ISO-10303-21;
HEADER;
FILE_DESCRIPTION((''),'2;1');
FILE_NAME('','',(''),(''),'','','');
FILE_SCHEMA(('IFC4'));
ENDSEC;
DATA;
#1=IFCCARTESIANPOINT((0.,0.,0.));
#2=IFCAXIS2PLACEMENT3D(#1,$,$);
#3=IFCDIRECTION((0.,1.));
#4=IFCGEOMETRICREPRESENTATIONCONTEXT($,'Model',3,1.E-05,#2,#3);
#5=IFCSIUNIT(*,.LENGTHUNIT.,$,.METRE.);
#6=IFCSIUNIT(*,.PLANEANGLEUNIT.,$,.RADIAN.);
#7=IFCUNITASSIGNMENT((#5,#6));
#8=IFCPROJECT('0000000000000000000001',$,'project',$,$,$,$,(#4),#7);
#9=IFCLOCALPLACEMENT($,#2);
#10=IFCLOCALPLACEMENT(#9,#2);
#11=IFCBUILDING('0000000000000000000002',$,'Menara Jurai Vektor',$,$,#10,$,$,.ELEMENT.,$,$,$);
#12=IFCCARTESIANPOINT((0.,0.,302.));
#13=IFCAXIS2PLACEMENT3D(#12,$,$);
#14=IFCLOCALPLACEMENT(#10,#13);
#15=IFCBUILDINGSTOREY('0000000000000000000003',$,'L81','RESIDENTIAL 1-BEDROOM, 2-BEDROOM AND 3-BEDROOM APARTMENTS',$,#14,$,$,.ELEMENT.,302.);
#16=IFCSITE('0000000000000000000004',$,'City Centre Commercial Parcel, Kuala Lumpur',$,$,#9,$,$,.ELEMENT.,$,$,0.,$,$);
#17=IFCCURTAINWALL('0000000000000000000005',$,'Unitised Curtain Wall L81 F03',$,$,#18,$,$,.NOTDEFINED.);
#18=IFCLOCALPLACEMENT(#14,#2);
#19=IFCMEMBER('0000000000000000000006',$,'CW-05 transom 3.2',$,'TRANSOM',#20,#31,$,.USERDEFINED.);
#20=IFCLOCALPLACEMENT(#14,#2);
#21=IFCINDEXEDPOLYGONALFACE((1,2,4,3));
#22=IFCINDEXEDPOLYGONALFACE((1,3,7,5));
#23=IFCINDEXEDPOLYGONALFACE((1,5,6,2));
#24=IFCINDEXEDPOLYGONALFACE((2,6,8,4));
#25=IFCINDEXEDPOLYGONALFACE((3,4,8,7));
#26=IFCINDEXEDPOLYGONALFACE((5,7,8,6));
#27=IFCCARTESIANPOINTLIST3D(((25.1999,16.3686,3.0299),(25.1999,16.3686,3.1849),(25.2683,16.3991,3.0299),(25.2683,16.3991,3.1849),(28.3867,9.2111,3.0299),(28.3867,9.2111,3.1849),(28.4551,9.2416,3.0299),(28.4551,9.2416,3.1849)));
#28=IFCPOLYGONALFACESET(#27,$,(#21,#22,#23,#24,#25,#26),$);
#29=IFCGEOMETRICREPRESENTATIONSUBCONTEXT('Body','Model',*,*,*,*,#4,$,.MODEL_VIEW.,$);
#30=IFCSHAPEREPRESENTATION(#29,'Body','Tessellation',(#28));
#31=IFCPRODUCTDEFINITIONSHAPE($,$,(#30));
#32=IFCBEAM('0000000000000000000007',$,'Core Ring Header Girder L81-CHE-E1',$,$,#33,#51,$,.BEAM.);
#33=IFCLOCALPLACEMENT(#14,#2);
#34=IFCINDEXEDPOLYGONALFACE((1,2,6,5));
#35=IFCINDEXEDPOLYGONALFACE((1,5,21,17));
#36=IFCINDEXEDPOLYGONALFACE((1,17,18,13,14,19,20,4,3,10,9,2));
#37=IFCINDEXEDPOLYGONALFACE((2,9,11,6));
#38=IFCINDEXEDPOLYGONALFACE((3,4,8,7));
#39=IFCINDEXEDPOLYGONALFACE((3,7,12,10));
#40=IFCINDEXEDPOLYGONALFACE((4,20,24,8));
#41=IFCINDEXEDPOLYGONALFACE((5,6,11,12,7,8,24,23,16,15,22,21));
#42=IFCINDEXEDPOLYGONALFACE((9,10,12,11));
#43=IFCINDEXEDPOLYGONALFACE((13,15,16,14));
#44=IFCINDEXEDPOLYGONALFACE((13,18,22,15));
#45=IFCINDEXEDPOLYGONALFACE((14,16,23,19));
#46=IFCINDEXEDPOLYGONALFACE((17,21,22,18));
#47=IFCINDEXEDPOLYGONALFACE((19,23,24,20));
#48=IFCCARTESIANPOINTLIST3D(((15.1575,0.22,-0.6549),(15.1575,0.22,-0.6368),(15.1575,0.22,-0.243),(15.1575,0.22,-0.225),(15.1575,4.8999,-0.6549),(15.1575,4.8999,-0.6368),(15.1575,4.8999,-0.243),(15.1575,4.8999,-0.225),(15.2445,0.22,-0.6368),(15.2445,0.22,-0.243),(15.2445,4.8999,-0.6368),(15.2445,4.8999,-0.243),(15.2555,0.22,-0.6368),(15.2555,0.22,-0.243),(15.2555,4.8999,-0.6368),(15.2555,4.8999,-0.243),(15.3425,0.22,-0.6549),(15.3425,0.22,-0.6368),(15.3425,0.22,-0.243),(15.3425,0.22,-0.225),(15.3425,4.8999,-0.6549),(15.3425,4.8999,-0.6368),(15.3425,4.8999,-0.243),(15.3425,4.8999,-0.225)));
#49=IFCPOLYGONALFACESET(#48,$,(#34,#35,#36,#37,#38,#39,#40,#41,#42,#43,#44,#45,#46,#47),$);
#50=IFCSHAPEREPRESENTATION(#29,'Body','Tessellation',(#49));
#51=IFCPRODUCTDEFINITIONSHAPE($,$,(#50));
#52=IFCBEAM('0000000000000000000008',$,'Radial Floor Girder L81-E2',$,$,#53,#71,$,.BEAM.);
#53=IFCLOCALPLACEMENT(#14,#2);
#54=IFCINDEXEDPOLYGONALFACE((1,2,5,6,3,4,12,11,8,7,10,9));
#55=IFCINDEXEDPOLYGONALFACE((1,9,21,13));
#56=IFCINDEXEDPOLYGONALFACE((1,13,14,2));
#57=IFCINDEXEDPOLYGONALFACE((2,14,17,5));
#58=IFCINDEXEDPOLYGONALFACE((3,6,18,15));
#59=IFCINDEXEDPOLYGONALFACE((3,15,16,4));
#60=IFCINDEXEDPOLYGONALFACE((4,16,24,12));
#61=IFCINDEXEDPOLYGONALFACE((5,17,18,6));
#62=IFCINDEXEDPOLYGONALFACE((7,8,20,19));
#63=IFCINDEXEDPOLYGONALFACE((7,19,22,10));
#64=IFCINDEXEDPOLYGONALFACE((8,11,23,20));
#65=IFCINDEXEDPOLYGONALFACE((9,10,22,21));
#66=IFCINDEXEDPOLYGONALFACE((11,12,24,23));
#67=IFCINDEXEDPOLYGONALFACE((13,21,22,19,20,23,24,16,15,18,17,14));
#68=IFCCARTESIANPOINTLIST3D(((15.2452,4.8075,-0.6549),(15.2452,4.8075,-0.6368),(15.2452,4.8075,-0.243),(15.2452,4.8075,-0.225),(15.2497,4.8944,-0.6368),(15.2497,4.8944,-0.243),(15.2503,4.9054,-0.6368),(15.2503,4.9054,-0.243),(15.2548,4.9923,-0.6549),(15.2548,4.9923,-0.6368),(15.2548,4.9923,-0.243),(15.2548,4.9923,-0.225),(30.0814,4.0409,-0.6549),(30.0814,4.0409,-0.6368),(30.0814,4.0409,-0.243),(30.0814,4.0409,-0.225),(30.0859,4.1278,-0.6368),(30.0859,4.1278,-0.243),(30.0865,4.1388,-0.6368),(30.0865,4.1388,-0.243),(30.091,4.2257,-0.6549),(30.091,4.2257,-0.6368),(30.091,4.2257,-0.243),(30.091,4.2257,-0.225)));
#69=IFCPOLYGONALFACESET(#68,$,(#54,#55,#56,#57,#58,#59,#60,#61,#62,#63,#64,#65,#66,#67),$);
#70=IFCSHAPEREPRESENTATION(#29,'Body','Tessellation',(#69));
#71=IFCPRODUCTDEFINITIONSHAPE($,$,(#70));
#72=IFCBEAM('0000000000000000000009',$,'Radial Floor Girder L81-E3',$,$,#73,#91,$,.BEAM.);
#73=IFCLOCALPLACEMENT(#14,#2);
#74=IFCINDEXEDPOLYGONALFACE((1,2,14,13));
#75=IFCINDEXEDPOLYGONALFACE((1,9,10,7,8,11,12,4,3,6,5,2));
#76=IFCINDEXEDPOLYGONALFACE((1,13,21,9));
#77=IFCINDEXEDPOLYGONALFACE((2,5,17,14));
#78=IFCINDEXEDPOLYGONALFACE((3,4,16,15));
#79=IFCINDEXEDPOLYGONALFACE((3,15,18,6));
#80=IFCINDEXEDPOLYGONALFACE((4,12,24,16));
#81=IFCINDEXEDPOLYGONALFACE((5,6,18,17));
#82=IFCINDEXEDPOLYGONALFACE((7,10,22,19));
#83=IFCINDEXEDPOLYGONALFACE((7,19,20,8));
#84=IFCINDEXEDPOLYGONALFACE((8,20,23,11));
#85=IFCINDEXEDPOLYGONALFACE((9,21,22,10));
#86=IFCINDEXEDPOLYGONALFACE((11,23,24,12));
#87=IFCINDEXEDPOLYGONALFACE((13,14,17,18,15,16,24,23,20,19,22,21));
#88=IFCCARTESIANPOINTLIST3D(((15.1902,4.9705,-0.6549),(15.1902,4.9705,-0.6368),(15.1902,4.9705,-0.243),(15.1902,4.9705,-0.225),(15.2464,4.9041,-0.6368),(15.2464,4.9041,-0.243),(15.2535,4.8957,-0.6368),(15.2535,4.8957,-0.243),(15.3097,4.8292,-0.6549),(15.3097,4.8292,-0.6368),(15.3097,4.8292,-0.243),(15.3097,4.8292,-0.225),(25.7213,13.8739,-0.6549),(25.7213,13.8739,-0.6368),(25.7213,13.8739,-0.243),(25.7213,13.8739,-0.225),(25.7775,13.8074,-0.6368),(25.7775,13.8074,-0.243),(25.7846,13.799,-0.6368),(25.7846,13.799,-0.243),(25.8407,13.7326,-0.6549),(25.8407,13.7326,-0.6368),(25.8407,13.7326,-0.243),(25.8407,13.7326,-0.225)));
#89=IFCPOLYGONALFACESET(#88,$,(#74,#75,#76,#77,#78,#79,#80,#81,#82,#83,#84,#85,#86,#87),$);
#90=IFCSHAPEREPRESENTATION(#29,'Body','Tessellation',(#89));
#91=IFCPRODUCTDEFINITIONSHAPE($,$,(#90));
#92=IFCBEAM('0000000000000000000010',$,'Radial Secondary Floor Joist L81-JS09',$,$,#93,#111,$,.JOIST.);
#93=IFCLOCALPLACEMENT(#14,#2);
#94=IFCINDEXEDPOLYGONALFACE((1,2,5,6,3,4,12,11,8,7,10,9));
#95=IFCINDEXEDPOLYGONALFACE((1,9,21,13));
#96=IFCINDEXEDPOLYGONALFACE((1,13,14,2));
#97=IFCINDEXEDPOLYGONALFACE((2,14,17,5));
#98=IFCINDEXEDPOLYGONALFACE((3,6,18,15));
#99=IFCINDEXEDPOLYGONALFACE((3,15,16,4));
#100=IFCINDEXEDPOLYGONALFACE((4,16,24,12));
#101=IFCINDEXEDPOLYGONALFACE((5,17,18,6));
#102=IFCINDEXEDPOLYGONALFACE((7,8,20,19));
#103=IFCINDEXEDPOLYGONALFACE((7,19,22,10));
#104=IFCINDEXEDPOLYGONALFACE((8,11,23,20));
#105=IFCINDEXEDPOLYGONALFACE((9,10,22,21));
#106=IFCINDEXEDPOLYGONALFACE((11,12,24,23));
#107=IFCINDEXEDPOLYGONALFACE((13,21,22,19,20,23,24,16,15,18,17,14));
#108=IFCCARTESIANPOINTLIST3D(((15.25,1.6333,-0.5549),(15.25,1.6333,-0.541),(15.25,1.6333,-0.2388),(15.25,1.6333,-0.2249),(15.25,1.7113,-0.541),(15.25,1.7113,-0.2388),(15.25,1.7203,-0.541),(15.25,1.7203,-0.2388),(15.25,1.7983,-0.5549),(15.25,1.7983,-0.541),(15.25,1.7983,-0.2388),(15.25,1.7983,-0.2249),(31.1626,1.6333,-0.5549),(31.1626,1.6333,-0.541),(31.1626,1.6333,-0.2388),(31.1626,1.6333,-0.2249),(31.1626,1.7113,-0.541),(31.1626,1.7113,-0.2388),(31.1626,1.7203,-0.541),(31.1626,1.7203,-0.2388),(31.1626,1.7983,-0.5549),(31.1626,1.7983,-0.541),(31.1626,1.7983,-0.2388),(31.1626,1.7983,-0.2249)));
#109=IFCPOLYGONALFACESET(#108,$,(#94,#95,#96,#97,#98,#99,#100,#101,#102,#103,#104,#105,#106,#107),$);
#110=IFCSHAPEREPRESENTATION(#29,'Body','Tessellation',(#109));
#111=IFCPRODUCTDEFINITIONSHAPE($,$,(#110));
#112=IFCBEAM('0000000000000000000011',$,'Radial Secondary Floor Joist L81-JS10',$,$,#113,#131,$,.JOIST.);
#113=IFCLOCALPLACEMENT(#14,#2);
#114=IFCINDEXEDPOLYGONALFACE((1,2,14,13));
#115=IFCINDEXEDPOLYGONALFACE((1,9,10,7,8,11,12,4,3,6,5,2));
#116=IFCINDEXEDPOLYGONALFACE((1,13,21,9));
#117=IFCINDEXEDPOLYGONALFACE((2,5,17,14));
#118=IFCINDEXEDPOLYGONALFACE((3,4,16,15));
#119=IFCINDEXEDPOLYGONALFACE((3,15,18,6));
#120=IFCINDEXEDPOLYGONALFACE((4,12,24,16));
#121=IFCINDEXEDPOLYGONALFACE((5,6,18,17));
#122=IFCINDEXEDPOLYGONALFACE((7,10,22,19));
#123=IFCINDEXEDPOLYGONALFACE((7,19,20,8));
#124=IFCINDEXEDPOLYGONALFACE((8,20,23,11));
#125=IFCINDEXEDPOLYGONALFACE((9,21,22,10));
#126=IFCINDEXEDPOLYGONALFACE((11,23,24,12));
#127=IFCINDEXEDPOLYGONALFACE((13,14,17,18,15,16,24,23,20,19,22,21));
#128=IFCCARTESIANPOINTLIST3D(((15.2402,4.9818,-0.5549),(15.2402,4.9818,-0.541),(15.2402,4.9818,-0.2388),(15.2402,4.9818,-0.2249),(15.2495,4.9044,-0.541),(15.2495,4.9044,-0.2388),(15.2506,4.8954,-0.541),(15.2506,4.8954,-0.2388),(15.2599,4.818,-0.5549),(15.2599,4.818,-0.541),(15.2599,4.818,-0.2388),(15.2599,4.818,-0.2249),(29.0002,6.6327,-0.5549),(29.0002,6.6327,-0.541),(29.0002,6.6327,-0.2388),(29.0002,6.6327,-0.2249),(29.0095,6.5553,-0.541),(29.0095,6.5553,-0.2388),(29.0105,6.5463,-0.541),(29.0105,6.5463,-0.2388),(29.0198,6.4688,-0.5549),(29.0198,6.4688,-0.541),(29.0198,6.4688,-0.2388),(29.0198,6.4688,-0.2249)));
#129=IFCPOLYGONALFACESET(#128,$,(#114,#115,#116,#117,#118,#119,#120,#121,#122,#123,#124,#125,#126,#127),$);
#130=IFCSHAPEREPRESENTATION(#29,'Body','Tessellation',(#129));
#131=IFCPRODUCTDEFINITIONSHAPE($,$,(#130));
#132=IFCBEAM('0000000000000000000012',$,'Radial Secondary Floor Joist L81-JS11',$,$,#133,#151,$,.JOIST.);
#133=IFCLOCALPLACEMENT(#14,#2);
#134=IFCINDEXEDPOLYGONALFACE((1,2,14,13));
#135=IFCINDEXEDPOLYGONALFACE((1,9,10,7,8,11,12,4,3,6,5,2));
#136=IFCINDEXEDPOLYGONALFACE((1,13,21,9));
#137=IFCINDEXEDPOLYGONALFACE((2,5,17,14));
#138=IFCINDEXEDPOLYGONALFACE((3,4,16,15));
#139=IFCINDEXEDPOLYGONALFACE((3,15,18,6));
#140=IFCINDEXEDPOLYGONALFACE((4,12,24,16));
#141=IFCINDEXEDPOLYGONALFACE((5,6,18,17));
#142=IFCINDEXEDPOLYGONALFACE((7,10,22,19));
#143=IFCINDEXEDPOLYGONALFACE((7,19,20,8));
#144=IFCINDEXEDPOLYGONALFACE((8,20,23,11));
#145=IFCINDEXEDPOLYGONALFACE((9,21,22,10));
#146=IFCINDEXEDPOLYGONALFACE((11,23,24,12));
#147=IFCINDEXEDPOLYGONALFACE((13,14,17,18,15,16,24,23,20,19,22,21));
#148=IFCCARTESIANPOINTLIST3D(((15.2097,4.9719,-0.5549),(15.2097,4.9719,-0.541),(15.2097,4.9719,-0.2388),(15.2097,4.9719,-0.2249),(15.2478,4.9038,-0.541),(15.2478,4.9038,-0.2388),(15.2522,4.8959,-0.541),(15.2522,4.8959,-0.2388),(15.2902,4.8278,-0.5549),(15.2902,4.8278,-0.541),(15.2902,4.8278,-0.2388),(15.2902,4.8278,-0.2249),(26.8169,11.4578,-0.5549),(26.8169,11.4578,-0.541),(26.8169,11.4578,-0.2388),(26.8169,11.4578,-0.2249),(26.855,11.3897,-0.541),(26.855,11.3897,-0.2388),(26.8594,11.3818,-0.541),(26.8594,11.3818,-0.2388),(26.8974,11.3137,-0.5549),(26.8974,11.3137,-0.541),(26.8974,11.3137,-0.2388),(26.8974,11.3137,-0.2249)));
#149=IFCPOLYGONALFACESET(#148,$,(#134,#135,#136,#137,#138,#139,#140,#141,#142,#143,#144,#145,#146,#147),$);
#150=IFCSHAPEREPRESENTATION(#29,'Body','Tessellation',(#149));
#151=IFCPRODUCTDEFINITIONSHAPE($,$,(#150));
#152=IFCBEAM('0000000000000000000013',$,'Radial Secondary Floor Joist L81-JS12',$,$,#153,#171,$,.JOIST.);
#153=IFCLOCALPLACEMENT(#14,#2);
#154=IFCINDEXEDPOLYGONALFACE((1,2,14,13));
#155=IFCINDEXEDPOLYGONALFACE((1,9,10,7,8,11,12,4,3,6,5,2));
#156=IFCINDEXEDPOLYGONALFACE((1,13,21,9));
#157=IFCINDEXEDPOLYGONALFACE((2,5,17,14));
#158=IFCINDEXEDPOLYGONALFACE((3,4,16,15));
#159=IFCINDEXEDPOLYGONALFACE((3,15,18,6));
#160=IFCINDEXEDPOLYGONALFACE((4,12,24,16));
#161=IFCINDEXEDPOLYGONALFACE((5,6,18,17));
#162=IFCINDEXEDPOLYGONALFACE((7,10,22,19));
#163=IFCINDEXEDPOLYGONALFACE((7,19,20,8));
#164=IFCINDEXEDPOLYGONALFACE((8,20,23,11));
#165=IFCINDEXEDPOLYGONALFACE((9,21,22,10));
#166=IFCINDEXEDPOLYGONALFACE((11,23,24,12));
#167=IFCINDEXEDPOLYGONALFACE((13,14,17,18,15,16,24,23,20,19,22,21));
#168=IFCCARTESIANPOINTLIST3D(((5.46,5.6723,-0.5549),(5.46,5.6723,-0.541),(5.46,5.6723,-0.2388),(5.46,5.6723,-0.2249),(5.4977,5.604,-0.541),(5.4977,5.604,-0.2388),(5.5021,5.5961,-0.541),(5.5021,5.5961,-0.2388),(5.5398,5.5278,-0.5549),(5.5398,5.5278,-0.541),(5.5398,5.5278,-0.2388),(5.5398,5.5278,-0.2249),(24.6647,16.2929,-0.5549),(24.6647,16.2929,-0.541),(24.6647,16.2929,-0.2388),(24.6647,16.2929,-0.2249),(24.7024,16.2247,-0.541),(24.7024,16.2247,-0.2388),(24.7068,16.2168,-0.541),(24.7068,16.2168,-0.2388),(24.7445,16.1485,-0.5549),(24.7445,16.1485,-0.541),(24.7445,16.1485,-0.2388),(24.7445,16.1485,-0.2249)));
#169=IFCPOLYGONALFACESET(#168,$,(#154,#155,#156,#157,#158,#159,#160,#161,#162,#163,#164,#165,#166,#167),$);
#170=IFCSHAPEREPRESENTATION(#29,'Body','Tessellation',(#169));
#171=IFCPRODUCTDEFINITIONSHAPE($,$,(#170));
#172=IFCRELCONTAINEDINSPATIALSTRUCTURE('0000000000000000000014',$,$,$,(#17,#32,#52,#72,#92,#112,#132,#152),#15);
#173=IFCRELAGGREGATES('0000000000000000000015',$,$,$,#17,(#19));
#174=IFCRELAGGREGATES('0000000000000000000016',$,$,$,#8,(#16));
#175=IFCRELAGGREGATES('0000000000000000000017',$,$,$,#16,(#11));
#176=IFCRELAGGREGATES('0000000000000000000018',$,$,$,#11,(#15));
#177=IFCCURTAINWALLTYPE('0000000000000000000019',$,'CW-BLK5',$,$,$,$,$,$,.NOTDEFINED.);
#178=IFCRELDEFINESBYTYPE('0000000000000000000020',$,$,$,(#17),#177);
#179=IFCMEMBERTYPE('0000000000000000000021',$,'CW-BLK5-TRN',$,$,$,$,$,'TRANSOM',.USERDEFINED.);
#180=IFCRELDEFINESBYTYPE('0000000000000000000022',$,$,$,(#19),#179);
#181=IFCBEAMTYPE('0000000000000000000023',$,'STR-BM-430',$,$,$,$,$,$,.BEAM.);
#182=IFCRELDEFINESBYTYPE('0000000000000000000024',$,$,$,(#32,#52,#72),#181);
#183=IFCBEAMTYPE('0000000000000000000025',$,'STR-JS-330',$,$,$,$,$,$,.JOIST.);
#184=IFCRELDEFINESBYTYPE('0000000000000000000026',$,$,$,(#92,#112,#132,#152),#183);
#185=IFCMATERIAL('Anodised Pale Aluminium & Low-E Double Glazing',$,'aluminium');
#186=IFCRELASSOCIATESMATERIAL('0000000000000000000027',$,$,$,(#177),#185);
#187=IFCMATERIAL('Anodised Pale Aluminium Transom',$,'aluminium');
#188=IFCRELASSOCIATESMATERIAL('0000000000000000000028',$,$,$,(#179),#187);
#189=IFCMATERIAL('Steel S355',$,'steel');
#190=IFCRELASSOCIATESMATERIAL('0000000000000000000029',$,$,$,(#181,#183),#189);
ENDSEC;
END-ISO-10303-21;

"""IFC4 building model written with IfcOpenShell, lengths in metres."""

from ifc_helpers import new_model, si_unit, direction, frame, origin, origin_2d, place, context, subcontext, project, spatial, rectangle, i_section, extrude, material, material_profile, profile_set, type_object, element, aggregate, save


model = new_model("IFC4")

# Units and contexts
model_context = context("Model", 3, precision=1e-05, world=origin(), true_north=direction((0.0, 1.0)))
body_context = subcontext(model_context, "Body", "Model", "MODEL_VIEW")
ifc_project = project(units=[si_unit("LENGTHUNIT", "METRE"), si_unit("PLANEANGLEUNIT", "RADIAN")], contexts=[model_context])

# Site, building, storey
site_placement = place(None, origin())
site = spatial("IfcSite", under=ifc_project, at=site_placement, Name="City Centre Commercial Parcel, Kuala Lumpur", CompositionType="ELEMENT", RefElevation=0.0)
building_placement = place(site_placement, origin())
building = spatial("IfcBuilding", under=site, at=building_placement, Name="Menara Jurai Vektor", CompositionType="ELEMENT")
storey_placement = place(building_placement, frame((0.0, 0.0, 302.0)))
storey = spatial("IfcBuildingStorey", under=building, at=storey_placement, Name="L81", Description="RESIDENTIAL 1-BEDROOM, 2-BEDROOM AND 3-BEDROOM APARTMENTS", CompositionType="ELEMENT", Elevation=302.0)

# Curtain wall, member
ifc_material_1 = material(Name="Anodised Pale Aluminium & Low-E Double Glazing", Category="aluminium")
curtain_wall_type = type_object("IfcCurtainWallType", Name="CW-BLK5", PredefinedType="NOTDEFINED", material=ifc_material_1)
curtain_wall_placement = place(storey_placement, origin())
curtain_wall = element("IfcCurtainWall", 1, at=curtain_wall_placement, inside=storey, type_object=curtain_wall_type, Name="Unitised Curtain Wall L81 F03", PredefinedType="NOTDEFINED")
ifc_material_2 = material(Name="Anodised Pale Aluminium Transom", Category="aluminium")
ifc_material_profile_1 = material_profile(ifc_material_2, rectangle(XDim=0.075, YDim=0.155, at=origin_2d()), Name="ALU TRN 75x155")
ifc_profile_set_1 = profile_set([ifc_material_profile_1], Name="Anodised Pale Aluminium Transom")
member_type_1 = type_object("IfcMemberType", Name="CW-BLK5-TRN", ElementType="TRANSOM", PredefinedType="USERDEFINED", material=ifc_profile_set_1)
member_1_placement = place(storey_placement, frame((28.4209, 9.2263, 3.1074), z_axis=(-0.406743, 0.913543, 0.0), x_axis=(-0.913543, -0.406743, 0.0)))
member_1 = element("IfcMember", 2, at=member_1_placement, type_object=member_type_1, Name="CW-05 transom 3.2", ObjectType="TRANSOM", PredefinedType="USERDEFINED", context=body_context, shape_type="SweptSolid", body=[
    extrude(rectangle(XDim=0.075, YDim=0.155, at=origin_2d()), origin(), (0.0, 0.0, 1.0), 7.835),
])

# Beams
ifc_material_3 = material(Name="Steel S355", Category="steel")
ifc_material_profile_2 = material_profile(ifc_material_3, i_section(OverallWidth=0.1851, OverallDepth=0.4299, WebThickness=0.011, FlangeThickness=0.0181, at=origin_2d()), Name="PG 430x185x76")
ifc_profile_set_2 = profile_set([ifc_material_profile_2], Name="Steel S355")
beam_type_1 = type_object("IfcBeamType", Name="STR-BM-430", PredefinedType="BEAM", material=ifc_profile_set_2)
beam_1_placement = place(storey_placement, frame((15.25, 0.22, -0.4399), z_axis=(0.0, 1.0, 0.0), x_axis=(-1.0, 0.0, 0.0)))
element("IfcBeam", 3, at=beam_1_placement, inside=storey, type_object=beam_type_1, Name="Core Ring Header Girder L81-CHE-E1", PredefinedType="BEAM", context=body_context, shape_type="SweptSolid", body=[
    extrude(i_section(OverallWidth=0.1851, OverallDepth=0.4299, WebThickness=0.011, FlangeThickness=0.0181, at=origin_2d()), origin(), (0.0, 0.0, 1.0), 4.6799),
])
beam_2_placement = place(storey_placement, frame((30.0862, 4.1333, -0.4399), z_axis=(-0.998668, 0.051602, 0.0), x_axis=(-0.051602, -0.998668, 0.0)))
element("IfcBeam", 4, at=beam_2_placement, inside=storey, type_object=beam_type_1, Name="Radial Floor Girder L81-E2", PredefinedType="BEAM", context=body_context, shape_type="SweptSolid", body=[
    extrude(i_section(OverallWidth=0.1851, OverallDepth=0.4299, WebThickness=0.011, FlangeThickness=0.0181, at=origin_2d()), origin(), (0.0, 0.0, 1.0), 14.856),
])
beam_3_placement = place(storey_placement, frame((25.781, 13.8032, -0.4399), z_axis=(-0.763656, -0.645624, 0.0), x_axis=(0.645624, -0.763656, 0.0)))
element("IfcBeam", 5, at=beam_3_placement, inside=storey, type_object=beam_type_1, Name="Radial Floor Girder L81-E3", PredefinedType="BEAM", context=body_context, shape_type="SweptSolid", body=[
    extrude(i_section(OverallWidth=0.1851, OverallDepth=0.4299, WebThickness=0.011, FlangeThickness=0.0181, at=origin_2d()), origin(), (0.0, 0.0, 1.0), 13.7903),
])
ifc_material_profile_3 = material_profile(ifc_material_3, i_section(OverallWidth=0.165, OverallDepth=0.3301, WebThickness=0.009, FlangeThickness=0.0139, at=origin_2d()), Name="PG 330x165x46")
ifc_profile_set_3 = profile_set([ifc_material_profile_3], Name="Steel S355")
beam_type_2 = type_object("IfcBeamType", Name="STR-JS-330", PredefinedType="JOIST", material=ifc_profile_set_3)
beam_4_placement = place(storey_placement, frame((31.1626, 1.7158, -0.3899), z_axis=(-1.0, 0.0, 0.0), x_axis=(0.0, -1.0, 0.0)))
element("IfcBeam", 6, at=beam_4_placement, inside=storey, type_object=beam_type_2, Name="Radial Secondary Floor Joist L81-JS09", PredefinedType="JOIST", context=body_context, shape_type="SweptSolid", body=[
    extrude(i_section(OverallWidth=0.165, OverallDepth=0.3301, WebThickness=0.009, FlangeThickness=0.0139, at=origin_2d()), origin(), (0.0, 0.0, 1.0), 15.9126),
])
beam_5_placement = place(storey_placement, frame((29.01, 6.5508, -0.3899), z_axis=(-0.99288, -0.119122, 0.0), x_axis=(0.119122, -0.99288, 0.0)))
element("IfcBeam", 7, at=beam_5_placement, inside=storey, type_object=beam_type_2, Name="Radial Secondary Floor Joist L81-JS10", PredefinedType="JOIST", context=body_context, shape_type="SweptSolid", body=[
    extrude(i_section(OverallWidth=0.165, OverallDepth=0.3301, WebThickness=0.009, FlangeThickness=0.0139, at=origin_2d()), origin(), (0.0, 0.0, 1.0), 13.8586),
])
beam_6_placement = place(storey_placement, frame((26.8572, 11.3857, -0.3899), z_axis=(-0.87296, -0.487791, 0.0), x_axis=(0.487791, -0.87296, 0.0)))
element("IfcBeam", 8, at=beam_6_placement, inside=storey, type_object=beam_type_2, Name="Radial Secondary Floor Joist L81-JS11", PredefinedType="JOIST", context=body_context, shape_type="SweptSolid", body=[
    extrude(i_section(OverallWidth=0.165, OverallDepth=0.3301, WebThickness=0.009, FlangeThickness=0.0139, at=origin_2d()), origin(), (0.0, 0.0, 1.0), 13.2964),
])
beam_7_placement = place(storey_placement, frame((24.7046, 16.2207, -0.3899), z_axis=(-0.875096, -0.483949, 0.0), x_axis=(0.483949, -0.875096, 0.0)))
element("IfcBeam", 9, at=beam_7_placement, inside=storey, type_object=beam_type_2, Name="Radial Secondary Floor Joist L81-JS12", PredefinedType="JOIST", context=body_context, shape_type="SweptSolid", body=[
    extrude(i_section(OverallWidth=0.165, OverallDepth=0.3301, WebThickness=0.009, FlangeThickness=0.0139, at=origin_2d()), origin(), (0.0, 0.0, 1.0), 21.9458),
])

aggregate(curtain_wall, [member_1])

save(model, "model.ifc")
